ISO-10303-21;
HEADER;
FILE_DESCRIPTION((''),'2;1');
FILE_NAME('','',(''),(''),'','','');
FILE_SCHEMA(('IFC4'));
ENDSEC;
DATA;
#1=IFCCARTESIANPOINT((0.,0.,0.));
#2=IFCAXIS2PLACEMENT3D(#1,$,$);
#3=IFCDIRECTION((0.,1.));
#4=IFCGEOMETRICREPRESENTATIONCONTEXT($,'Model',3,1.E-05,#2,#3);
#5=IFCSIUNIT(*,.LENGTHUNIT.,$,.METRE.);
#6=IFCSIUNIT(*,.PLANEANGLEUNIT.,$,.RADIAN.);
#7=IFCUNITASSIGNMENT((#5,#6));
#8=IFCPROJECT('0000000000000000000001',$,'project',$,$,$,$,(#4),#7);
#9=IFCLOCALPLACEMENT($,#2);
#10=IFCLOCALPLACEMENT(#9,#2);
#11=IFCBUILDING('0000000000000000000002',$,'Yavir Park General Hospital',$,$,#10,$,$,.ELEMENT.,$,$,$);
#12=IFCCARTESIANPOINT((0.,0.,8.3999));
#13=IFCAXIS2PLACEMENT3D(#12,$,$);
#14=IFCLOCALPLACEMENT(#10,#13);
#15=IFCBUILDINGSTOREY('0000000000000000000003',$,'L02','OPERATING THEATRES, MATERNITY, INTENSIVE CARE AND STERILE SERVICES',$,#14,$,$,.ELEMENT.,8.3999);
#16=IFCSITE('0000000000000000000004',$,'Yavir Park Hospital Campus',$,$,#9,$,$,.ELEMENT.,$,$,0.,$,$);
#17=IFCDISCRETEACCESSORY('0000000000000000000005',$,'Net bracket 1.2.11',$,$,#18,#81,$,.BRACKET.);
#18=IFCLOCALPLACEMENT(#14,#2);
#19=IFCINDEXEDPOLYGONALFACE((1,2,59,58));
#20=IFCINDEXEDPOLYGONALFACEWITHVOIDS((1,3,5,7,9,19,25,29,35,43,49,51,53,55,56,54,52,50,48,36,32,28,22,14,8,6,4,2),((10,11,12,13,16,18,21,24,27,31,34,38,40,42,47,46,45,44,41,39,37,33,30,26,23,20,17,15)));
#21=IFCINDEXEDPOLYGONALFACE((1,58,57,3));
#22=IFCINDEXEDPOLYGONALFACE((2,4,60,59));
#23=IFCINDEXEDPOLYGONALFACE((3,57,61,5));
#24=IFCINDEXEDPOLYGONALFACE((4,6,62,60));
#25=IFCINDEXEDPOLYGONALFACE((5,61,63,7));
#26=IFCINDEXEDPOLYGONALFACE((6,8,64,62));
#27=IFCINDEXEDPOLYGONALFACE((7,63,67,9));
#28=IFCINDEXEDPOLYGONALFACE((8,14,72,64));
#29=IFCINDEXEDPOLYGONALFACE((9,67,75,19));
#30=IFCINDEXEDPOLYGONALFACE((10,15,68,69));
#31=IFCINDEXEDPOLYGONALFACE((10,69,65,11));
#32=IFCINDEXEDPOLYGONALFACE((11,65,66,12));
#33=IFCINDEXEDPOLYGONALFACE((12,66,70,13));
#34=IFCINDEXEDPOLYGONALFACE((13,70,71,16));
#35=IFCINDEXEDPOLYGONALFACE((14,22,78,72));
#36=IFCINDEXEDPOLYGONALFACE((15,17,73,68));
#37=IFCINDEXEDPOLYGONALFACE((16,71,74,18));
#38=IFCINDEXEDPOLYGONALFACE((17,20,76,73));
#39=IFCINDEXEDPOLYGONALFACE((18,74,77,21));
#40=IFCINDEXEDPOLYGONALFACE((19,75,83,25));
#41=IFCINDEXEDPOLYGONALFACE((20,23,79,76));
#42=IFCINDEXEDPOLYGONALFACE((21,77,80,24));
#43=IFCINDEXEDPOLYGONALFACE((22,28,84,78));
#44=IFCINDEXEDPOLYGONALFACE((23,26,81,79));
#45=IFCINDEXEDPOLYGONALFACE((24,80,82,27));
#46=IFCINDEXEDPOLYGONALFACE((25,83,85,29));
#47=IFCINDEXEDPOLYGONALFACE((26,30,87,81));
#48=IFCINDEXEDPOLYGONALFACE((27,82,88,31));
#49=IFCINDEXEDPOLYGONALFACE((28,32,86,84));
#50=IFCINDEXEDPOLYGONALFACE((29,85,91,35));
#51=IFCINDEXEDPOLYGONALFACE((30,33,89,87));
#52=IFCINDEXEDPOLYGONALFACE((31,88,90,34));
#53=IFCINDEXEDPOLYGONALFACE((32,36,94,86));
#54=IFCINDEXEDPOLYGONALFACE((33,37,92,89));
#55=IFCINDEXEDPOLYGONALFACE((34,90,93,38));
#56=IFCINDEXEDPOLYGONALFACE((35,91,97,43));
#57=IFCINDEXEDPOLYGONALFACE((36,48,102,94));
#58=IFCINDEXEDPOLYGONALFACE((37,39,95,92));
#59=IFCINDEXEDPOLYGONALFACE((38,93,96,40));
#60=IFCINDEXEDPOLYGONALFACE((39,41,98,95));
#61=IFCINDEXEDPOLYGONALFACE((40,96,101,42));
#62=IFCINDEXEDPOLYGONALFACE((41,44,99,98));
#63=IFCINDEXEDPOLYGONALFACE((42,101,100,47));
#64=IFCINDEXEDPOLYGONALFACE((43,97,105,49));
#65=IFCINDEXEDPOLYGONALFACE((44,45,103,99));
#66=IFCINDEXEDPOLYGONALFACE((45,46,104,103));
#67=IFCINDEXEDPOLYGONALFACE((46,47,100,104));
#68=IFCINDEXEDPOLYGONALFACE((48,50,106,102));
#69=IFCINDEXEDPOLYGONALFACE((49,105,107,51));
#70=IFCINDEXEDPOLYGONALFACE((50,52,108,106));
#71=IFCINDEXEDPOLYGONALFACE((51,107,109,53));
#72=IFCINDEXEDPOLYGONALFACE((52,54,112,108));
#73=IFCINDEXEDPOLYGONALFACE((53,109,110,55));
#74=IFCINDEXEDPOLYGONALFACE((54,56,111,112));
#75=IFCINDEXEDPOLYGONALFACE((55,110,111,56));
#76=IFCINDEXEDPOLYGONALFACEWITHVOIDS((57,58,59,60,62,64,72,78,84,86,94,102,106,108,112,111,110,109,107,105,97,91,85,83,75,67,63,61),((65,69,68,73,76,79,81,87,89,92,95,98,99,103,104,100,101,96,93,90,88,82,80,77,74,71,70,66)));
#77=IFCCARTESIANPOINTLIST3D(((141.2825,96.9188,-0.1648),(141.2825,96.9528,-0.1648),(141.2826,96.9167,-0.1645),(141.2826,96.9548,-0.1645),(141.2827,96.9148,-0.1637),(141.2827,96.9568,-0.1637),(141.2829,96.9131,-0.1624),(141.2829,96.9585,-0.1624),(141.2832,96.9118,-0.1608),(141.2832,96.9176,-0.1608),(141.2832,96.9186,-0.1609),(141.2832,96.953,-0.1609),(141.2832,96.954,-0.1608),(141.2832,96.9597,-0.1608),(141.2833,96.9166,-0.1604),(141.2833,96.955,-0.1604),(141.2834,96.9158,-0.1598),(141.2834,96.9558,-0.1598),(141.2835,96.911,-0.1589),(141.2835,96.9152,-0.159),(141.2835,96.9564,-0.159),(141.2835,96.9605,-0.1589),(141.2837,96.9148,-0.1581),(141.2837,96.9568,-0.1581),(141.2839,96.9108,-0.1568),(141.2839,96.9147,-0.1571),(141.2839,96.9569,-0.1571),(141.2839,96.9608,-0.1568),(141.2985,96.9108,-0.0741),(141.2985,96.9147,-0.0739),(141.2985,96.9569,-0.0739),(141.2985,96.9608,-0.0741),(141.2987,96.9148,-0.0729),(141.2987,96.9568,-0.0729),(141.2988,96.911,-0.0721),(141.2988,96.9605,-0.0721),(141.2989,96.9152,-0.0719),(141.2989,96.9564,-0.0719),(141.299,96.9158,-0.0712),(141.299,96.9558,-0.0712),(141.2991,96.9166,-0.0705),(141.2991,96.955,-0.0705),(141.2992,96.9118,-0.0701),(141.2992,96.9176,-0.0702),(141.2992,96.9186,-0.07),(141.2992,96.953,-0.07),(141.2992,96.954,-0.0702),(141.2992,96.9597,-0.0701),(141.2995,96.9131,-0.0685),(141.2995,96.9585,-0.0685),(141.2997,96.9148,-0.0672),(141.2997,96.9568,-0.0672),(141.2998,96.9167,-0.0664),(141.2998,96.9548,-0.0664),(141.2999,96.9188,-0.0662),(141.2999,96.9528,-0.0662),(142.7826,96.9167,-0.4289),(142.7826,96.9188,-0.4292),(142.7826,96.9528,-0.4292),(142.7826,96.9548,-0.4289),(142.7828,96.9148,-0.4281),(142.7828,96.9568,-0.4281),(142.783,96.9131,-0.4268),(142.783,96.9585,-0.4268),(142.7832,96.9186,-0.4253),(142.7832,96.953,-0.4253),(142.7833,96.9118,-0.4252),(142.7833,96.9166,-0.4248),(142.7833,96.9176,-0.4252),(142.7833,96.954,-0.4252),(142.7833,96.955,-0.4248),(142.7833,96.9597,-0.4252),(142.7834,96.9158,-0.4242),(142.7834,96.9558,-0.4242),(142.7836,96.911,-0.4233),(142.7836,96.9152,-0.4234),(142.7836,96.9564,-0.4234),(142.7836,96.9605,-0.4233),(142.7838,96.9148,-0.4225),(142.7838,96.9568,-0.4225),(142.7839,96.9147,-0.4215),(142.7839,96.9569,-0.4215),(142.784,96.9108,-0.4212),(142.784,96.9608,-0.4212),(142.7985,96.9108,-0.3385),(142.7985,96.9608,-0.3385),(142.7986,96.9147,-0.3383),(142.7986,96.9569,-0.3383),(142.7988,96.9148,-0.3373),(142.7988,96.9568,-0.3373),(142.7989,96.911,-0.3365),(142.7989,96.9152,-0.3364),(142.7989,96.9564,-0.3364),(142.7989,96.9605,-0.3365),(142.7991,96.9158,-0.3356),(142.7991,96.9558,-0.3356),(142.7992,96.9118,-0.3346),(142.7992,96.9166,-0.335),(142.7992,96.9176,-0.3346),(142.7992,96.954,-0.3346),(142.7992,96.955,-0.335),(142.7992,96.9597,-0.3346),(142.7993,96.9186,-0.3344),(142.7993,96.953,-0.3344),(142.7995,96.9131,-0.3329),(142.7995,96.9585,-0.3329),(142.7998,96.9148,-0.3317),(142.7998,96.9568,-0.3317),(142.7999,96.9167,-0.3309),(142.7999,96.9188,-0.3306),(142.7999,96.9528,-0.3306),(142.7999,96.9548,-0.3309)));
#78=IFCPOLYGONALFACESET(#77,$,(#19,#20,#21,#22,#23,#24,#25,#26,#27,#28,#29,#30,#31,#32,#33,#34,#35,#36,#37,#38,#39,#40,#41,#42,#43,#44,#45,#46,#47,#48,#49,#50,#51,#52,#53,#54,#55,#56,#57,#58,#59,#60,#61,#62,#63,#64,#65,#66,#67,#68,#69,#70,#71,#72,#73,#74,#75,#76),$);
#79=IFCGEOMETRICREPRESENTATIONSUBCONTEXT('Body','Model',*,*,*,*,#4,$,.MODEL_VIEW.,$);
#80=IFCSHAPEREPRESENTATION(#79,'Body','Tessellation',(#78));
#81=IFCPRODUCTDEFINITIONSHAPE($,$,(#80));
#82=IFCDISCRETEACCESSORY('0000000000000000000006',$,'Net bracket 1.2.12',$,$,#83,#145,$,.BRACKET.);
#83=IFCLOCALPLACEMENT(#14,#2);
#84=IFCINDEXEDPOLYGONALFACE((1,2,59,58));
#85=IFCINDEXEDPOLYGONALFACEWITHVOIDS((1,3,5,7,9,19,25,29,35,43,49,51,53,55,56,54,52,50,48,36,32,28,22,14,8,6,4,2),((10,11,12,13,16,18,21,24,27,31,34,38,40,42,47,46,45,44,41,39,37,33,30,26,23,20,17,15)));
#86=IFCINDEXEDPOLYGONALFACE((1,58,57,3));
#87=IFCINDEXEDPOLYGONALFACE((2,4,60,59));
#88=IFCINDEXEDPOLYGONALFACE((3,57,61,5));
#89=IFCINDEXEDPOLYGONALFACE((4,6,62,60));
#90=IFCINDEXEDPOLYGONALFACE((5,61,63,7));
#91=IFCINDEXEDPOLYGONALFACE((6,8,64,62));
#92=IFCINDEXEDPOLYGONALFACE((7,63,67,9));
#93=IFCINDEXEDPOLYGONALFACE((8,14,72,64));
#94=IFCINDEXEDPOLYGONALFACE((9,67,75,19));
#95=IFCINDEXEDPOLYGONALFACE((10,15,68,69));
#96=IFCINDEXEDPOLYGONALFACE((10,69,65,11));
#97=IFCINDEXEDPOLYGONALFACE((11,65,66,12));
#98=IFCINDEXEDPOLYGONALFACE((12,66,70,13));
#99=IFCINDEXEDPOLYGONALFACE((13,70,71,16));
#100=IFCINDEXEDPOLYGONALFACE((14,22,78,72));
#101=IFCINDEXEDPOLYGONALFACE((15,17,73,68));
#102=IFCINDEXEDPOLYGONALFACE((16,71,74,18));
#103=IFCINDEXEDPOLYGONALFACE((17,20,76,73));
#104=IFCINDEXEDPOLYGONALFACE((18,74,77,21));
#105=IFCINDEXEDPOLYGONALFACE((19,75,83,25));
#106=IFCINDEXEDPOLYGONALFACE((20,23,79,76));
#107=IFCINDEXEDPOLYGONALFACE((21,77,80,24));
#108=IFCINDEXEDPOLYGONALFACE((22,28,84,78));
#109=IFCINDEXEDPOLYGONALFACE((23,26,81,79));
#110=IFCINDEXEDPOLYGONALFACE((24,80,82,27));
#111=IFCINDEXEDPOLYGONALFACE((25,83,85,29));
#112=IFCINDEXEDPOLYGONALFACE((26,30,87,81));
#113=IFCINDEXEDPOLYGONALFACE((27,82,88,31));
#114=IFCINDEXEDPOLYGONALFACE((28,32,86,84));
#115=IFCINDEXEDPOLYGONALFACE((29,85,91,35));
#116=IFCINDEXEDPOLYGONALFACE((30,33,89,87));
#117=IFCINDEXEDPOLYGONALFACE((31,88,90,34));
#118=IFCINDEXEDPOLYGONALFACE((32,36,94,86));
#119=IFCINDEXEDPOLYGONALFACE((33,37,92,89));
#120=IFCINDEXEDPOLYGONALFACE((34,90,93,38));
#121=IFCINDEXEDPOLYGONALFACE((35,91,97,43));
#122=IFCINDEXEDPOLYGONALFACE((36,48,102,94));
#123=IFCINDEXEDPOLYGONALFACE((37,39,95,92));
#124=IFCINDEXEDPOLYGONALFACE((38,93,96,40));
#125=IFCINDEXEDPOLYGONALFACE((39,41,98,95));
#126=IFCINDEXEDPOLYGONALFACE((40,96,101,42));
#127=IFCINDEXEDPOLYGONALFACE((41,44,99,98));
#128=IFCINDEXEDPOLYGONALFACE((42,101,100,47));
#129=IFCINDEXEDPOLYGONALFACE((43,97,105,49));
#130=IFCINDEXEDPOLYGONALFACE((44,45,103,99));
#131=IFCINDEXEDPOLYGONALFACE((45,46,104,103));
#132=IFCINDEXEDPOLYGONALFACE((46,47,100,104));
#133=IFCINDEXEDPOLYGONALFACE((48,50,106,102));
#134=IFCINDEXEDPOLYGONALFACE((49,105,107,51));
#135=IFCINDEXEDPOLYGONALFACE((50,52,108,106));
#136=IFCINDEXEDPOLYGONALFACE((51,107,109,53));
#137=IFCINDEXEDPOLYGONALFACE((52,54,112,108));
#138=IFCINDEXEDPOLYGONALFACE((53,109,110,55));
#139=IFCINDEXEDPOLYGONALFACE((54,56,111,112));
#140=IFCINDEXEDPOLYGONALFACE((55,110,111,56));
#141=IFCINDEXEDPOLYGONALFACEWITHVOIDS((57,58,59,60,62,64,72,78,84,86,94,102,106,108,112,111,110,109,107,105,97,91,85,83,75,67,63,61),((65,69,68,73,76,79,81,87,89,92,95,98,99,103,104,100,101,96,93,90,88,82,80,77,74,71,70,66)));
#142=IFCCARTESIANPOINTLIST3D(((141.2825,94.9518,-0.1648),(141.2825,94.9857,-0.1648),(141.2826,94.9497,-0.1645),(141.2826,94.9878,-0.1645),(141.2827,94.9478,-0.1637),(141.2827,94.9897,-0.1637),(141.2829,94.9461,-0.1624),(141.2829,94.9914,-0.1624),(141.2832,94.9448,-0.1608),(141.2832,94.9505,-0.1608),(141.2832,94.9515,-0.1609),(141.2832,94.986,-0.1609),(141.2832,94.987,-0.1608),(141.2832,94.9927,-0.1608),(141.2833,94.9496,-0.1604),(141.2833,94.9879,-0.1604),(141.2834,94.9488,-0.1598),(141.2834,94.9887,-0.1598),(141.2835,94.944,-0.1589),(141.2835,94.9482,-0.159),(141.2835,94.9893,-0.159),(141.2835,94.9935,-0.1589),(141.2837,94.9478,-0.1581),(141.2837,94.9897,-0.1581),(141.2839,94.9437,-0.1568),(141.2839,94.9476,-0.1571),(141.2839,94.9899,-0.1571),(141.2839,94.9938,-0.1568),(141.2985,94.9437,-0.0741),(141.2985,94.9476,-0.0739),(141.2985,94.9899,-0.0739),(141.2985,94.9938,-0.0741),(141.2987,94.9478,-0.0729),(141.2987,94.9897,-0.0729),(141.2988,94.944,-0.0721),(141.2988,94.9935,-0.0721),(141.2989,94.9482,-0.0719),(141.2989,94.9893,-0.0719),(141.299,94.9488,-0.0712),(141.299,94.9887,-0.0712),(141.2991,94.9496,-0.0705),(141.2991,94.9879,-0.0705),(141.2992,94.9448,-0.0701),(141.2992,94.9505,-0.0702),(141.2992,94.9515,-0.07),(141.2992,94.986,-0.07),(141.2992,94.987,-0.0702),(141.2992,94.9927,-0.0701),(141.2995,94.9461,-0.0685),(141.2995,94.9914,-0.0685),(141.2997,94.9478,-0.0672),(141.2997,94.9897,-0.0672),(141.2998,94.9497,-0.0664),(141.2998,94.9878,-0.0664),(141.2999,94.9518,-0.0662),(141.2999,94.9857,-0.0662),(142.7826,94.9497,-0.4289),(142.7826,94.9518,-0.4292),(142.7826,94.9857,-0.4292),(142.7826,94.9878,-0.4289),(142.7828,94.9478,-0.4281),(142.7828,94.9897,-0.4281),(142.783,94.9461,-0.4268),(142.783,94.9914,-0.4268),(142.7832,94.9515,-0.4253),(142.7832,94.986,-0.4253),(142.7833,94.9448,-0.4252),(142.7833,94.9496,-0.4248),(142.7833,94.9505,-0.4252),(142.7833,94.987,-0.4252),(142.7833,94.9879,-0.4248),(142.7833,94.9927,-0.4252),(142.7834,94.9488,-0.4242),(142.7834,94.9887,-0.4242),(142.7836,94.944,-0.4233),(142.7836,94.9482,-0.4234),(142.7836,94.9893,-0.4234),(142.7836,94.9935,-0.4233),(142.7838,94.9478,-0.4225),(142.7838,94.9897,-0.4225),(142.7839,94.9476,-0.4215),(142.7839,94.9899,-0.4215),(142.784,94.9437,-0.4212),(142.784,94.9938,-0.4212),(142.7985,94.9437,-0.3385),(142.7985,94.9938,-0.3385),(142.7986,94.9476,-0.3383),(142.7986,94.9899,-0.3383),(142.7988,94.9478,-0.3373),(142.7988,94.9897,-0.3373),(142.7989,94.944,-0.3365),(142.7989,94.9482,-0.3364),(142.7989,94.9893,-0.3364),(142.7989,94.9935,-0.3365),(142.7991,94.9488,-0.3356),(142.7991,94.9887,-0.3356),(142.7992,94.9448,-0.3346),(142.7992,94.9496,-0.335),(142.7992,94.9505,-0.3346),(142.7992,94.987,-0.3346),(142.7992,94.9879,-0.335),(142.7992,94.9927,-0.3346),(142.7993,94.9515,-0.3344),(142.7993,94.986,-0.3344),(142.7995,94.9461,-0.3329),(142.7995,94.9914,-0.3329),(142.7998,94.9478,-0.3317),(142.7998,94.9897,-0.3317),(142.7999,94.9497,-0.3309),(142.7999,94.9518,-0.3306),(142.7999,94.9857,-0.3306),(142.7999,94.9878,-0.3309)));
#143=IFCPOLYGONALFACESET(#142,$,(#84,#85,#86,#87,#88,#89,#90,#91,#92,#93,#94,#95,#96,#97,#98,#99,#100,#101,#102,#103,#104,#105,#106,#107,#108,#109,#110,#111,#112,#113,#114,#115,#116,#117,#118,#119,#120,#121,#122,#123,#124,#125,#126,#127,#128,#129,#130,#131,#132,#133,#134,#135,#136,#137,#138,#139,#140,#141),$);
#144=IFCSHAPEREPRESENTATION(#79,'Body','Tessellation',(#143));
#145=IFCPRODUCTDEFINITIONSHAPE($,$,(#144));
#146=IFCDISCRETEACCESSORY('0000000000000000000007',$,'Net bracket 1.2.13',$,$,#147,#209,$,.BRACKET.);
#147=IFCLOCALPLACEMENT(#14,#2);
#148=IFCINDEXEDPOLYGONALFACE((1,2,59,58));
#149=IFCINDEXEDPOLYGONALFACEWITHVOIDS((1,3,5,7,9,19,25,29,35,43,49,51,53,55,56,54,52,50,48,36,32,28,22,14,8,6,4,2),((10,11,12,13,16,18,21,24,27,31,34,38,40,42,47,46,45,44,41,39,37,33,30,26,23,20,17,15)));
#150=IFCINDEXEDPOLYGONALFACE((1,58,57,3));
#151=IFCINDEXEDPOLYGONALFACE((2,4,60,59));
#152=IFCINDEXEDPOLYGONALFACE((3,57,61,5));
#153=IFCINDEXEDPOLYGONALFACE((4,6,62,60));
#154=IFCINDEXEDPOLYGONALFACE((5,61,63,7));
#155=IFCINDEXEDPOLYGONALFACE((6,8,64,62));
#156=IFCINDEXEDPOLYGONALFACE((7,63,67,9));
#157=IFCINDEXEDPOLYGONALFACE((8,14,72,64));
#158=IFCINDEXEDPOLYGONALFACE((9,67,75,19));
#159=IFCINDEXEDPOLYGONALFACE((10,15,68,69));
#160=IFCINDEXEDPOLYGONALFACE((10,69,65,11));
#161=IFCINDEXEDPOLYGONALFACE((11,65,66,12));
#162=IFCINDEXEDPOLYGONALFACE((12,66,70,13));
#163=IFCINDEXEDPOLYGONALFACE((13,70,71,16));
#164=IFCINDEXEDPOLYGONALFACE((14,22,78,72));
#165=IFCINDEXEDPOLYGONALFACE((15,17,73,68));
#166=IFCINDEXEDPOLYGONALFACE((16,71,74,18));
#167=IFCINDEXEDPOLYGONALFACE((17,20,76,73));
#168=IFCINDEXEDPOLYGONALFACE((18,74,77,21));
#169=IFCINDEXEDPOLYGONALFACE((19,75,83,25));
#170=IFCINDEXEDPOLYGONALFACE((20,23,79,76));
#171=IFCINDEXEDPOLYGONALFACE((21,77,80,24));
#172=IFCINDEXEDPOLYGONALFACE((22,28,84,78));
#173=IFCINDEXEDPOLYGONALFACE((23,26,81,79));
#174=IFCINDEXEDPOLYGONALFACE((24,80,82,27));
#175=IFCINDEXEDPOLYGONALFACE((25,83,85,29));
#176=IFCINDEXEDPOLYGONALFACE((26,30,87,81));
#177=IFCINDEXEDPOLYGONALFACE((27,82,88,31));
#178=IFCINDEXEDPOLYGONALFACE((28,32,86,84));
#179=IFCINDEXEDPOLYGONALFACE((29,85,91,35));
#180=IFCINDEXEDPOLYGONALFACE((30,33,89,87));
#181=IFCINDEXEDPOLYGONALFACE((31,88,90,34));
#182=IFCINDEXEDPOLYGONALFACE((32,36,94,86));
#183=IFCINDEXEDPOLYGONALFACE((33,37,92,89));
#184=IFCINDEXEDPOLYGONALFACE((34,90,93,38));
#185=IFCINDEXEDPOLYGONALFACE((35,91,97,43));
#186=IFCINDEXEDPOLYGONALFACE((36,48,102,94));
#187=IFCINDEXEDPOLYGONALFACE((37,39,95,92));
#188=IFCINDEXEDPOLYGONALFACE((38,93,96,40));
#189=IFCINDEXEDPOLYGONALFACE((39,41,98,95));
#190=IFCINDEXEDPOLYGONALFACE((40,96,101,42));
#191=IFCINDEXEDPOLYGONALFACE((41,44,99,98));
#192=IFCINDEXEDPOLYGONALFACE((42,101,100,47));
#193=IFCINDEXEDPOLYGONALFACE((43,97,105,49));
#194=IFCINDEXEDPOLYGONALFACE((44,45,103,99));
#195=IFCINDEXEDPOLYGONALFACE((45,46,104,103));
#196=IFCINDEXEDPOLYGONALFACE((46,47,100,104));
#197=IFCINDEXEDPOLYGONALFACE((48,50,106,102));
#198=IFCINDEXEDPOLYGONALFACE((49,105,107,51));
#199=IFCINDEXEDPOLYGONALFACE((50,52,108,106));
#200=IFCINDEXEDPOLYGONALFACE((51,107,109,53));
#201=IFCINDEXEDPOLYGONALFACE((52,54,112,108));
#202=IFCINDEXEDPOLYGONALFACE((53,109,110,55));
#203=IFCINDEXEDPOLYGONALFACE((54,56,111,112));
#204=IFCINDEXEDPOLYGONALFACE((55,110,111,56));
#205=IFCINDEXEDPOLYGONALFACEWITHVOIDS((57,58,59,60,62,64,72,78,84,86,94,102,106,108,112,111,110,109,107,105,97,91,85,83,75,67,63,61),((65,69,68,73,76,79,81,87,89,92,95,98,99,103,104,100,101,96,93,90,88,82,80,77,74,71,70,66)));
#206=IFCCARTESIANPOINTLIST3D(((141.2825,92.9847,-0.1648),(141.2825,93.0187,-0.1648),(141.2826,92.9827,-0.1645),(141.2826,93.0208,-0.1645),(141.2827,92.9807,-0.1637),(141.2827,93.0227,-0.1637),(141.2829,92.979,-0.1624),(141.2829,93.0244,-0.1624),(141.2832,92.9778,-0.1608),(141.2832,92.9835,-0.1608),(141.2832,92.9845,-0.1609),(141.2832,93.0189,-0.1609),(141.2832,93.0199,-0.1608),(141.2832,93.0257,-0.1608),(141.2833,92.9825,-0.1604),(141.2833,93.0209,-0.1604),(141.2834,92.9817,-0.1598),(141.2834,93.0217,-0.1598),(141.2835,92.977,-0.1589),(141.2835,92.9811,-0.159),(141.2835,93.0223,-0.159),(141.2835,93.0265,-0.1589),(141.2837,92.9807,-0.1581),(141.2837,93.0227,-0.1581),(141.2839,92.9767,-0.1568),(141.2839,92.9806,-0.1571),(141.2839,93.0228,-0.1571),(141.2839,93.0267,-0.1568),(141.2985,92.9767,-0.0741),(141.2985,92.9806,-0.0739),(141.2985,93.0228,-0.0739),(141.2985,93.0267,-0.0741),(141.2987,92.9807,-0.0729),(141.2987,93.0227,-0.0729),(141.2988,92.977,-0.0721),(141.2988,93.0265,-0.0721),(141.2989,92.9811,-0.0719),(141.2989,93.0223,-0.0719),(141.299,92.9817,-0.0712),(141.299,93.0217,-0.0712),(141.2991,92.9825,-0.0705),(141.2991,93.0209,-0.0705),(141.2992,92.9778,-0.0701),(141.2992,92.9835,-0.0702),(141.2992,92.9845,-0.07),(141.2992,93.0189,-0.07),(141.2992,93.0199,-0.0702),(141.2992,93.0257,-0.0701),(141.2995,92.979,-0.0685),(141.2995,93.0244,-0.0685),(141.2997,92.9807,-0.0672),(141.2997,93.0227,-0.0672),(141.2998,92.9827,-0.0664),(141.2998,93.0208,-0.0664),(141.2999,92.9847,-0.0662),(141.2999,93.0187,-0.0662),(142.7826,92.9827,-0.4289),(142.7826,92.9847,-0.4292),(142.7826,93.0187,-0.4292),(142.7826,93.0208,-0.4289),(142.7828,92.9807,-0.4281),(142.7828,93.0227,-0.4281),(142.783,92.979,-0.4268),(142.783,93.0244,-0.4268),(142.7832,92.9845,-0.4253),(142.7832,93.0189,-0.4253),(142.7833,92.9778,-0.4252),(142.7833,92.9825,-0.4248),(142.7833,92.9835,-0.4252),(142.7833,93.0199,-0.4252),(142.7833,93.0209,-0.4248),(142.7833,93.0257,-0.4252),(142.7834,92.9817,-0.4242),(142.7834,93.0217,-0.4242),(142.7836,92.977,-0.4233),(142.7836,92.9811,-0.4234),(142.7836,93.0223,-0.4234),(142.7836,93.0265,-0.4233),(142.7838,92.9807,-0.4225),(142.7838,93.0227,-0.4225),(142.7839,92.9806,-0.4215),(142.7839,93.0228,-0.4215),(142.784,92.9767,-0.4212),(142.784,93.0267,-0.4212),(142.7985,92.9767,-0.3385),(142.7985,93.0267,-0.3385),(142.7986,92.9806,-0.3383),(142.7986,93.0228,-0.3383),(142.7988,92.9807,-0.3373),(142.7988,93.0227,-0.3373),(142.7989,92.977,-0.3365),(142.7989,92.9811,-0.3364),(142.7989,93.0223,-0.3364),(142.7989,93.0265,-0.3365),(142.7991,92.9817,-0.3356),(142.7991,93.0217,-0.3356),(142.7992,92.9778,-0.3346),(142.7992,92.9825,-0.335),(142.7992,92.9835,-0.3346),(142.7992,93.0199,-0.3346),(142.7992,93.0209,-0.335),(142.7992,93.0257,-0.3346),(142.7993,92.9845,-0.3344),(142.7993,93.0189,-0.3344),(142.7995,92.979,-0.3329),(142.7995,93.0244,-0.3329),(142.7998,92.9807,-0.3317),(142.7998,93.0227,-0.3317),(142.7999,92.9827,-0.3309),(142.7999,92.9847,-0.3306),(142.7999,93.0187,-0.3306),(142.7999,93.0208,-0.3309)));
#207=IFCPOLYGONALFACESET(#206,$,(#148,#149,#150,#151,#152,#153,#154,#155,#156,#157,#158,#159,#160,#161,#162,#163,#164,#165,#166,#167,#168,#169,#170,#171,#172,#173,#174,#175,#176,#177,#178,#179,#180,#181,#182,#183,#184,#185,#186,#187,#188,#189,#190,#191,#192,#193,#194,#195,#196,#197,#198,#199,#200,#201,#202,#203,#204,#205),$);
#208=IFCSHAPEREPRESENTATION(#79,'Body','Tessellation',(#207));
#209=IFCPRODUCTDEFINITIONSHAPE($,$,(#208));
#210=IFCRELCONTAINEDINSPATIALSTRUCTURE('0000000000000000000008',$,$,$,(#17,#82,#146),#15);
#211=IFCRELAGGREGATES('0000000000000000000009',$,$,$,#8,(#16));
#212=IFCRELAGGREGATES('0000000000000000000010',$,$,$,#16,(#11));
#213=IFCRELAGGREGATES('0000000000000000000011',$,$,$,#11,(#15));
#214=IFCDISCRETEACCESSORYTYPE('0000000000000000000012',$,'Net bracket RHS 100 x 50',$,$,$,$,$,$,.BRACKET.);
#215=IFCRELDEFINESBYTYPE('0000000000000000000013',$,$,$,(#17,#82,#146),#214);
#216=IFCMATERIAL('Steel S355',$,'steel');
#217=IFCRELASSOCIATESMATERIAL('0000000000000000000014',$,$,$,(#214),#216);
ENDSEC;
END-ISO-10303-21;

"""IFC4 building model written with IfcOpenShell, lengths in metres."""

from ifc_helpers import new_model, si_unit, direction, frame, origin, origin_2d, place, context, subcontext, project, spatial, hollow_rectangle, extrude, material, material_profile, profile_set, type_object, element, save


model = new_model("IFC4")

# Units and contexts
model_context = context("Model", 3, precision=1e-05, world=origin(), true_north=direction((0.0, 1.0)))
body_context = subcontext(model_context, "Body", "Model", "MODEL_VIEW")
ifc_project = project(units=[si_unit("LENGTHUNIT", "METRE"), si_unit("PLANEANGLEUNIT", "RADIAN")], contexts=[model_context])

# Site, building, storey
site_placement = place(None, origin())
site = spatial("IfcSite", under=ifc_project, at=site_placement, Name="Yavir Park Hospital Campus", CompositionType="ELEMENT", RefElevation=0.0)
building_placement = place(site_placement, origin())
building = spatial("IfcBuilding", under=site, at=building_placement, Name="Yavir Park General Hospital", CompositionType="ELEMENT")
storey_placement = place(building_placement, frame((0.0, 0.0, 8.3999)))
storey = spatial("IfcBuildingStorey", under=building, at=storey_placement, Name="L02", Description="OPERATING THEATRES, MATERNITY, INTENSIVE CARE AND STERILE SERVICES", CompositionType="ELEMENT", Elevation=8.3999)

# Discrete accessories
ifc_material_1 = material(Name="Steel S355", Category="steel")
ifc_material_profile = material_profile(ifc_material_1, hollow_rectangle(XDim=0.05, YDim=0.1001, WallThickness=0.0039, InnerFilletRadius=0.0039, OuterFilletRadius=0.0081, at=origin_2d()), Name="RHS100x50x4")
ifc_profile_set = profile_set([ifc_material_profile], Name="Steel S355")
discrete_accessory_type_1 = type_object("IfcDiscreteAccessoryType", Name="Net bracket RHS 100 x 50", PredefinedType="BRACKET", material=ifc_profile_set)
for number, where, z_axis, x_axis, name in (
    (1, (142.7913, 96.9358, -0.3799), (-0.984817, 0.0, 0.173593), (0.0, -1.0, 0.0), "Net bracket 1.2.11"),
    (2, (142.7913, 94.9688, -0.3799), (-0.984817, 0.0, 0.173593), (0.0, -1.0, 0.0), "Net bracket 1.2.12"),
    (3, (142.7913, 93.0017, -0.3799), (-0.984817, 0.0, 0.173593), (0.0, -1.0, 0.0), "Net bracket 1.2.13"),
):
    element("IfcDiscreteAccessory", number, at=place(storey_placement, frame(where, z_axis=z_axis, x_axis=x_axis)), inside=storey, type_object=discrete_accessory_type_1, Name=name, PredefinedType="BRACKET", context=body_context, shape_type="SweptSolid", body=[
        extrude(hollow_rectangle(XDim=0.05, YDim=0.1001, WallThickness=0.0039, InnerFilletRadius=0.0039, OuterFilletRadius=0.0081, at=origin_2d()), origin(), (0.0, 0.0, 1.0), 1.5232),
    ])

save(model, "model.ifc")
